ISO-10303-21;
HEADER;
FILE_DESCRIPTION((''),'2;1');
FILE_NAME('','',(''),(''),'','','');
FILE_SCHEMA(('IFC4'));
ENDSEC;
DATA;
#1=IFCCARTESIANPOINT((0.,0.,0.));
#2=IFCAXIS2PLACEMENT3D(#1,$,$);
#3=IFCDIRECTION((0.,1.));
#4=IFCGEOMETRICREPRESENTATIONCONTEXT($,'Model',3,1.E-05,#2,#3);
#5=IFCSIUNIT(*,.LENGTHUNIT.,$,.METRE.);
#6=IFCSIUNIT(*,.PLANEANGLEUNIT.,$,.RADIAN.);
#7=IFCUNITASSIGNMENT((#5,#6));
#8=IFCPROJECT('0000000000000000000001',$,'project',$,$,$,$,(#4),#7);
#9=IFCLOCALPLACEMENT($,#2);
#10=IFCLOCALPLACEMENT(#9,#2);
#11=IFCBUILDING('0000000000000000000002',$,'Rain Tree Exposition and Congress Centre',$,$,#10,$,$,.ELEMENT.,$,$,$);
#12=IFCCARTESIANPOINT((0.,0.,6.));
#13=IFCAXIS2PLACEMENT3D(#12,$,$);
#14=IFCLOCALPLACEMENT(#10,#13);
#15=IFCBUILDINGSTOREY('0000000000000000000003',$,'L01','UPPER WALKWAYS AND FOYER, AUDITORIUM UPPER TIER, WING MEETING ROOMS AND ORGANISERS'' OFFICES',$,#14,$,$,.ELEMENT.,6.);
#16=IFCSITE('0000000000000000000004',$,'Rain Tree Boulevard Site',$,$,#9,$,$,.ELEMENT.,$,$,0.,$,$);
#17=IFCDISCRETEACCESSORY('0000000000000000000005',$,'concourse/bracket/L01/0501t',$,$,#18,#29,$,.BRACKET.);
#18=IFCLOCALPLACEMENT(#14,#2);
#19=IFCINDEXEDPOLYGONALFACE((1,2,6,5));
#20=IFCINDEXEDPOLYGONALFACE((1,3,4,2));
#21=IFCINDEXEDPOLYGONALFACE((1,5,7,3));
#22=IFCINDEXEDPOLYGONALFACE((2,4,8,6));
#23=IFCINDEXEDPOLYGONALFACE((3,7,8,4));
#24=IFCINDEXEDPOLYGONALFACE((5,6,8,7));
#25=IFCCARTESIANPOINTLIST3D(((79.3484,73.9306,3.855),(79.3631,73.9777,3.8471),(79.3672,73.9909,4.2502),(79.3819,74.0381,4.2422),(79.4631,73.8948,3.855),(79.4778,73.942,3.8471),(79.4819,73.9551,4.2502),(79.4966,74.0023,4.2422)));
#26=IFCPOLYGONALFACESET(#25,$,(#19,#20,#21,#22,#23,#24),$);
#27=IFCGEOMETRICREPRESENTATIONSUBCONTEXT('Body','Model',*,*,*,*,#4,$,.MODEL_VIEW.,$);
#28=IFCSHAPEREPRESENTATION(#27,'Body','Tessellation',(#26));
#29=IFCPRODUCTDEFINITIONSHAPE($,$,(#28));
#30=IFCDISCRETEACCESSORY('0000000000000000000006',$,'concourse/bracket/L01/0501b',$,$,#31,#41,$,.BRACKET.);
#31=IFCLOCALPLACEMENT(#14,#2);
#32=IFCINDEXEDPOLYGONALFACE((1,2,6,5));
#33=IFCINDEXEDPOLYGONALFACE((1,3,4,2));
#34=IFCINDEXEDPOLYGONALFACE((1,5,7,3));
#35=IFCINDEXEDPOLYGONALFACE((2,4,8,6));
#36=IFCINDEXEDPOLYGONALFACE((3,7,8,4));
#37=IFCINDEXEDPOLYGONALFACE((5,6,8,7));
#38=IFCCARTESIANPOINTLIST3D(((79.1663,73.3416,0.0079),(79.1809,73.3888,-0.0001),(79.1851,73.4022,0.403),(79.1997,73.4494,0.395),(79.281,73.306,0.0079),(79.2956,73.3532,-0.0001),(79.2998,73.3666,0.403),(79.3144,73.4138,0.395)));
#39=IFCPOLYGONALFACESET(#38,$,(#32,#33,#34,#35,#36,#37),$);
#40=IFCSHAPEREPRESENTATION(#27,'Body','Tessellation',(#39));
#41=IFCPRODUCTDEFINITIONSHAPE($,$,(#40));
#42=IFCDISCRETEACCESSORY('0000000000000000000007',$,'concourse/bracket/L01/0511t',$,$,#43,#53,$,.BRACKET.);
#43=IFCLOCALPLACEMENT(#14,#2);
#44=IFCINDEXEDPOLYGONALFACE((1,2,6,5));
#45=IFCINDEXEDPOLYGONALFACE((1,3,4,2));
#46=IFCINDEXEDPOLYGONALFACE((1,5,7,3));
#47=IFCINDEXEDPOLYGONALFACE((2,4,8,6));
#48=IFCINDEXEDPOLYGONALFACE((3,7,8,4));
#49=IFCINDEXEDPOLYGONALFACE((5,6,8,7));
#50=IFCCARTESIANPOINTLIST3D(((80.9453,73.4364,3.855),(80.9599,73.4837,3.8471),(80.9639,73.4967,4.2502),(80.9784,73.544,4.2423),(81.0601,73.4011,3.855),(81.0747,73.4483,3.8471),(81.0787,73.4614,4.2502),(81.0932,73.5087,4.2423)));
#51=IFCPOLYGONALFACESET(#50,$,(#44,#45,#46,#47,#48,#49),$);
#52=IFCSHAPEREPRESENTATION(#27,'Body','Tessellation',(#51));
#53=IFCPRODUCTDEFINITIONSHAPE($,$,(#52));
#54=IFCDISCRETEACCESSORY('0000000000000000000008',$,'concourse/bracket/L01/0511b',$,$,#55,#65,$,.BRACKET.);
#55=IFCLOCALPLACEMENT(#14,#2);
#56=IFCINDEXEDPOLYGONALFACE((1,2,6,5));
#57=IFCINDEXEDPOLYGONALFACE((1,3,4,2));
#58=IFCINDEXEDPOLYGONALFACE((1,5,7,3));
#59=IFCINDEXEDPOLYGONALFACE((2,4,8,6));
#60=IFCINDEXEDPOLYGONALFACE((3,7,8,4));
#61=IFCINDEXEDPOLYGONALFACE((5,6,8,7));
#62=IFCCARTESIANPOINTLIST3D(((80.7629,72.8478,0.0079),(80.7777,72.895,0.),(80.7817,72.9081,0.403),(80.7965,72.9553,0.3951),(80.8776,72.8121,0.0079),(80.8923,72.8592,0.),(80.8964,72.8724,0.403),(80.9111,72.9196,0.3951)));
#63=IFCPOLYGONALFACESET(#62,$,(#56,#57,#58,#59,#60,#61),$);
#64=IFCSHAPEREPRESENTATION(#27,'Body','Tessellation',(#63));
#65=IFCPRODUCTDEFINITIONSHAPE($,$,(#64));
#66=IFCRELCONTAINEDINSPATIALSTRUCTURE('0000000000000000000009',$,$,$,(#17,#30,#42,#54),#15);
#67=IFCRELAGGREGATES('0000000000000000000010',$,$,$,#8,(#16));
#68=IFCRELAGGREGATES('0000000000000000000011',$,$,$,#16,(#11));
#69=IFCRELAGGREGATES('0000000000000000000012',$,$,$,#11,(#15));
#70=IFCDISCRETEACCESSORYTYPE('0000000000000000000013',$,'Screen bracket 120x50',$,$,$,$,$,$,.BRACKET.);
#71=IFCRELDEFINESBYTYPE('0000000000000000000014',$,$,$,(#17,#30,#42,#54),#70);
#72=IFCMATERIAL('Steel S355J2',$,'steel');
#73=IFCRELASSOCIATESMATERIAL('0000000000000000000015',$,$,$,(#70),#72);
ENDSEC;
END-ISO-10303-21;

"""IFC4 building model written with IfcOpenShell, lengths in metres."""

from ifc_helpers import new_model, si_unit, direction, frame, origin, origin_2d, place, context, subcontext, project, spatial, rectangle, extrude, material, material_profile, profile_set, type_object, element, save


model = new_model("IFC4")

# Units and contexts
model_context = context("Model", 3, precision=1e-05, world=origin(), true_north=direction((0.0, 1.0)))
body_context = subcontext(model_context, "Body", "Model", "MODEL_VIEW")
ifc_project = project(units=[si_unit("LENGTHUNIT", "METRE"), si_unit("PLANEANGLEUNIT", "RADIAN")], contexts=[model_context])

# Site, building, storey
site_placement = place(None, origin())
site = spatial("IfcSite", under=ifc_project, at=site_placement, Name="Rain Tree Boulevard Site", CompositionType="ELEMENT", RefElevation=0.0)
building_placement = place(site_placement, origin())
building = spatial("IfcBuilding", under=site, at=building_placement, Name="Rain Tree Exposition and Congress Centre", CompositionType="ELEMENT")
storey_placement = place(building_placement, frame((0.0, 0.0, 6.0)))
storey = spatial("IfcBuildingStorey", under=building, at=storey_placement, Name="L01", Description="UPPER WALKWAYS AND FOYER, AUDITORIUM UPPER TIER, WING MEETING ROOMS AND ORGANISERS' OFFICES", CompositionType="ELEMENT", Elevation=6.0)

# Discrete accessories
ifc_material_1 = material(Name="Steel S355J2", Category="steel")
ifc_material_profile_1 = material_profile(ifc_material_1, rectangle(XDim=0.1201, YDim=0.05, at=origin_2d()), Name="Flat bar 120x50")
ifc_profile_set_1 = profile_set([ifc_material_profile_1], Name="Steel S355J2")
discrete_accessory_type = type_object("IfcDiscreteAccessoryType", Name="Screen bracket 120x50", PredefinedType="BRACKET", material=ifc_profile_set_1)
for number, where, z_axis, x_axis, name in (
    (1, (79.4131, 73.9363, 3.8511), (0.046993, 0.150743, 0.987456), (-0.954686, 0.297615, 0.0), "concourse/bracket/L01/0501t"),
    (2, (79.231, 73.3474, 0.0039), (0.046988, 0.151339, 0.987364), (-0.955027, 0.29652, 0.0), "concourse/bracket/L01/0501b"),
    (3, (81.01, 73.4424, 3.8511), (0.046384, 0.150747, 0.987484), (-0.955779, 0.294086, 0.0), "concourse/bracket/L01/0511t"),
    (4, (80.8276, 72.8535, 0.0039), (0.046993, 0.150743, 0.987456), (-0.954686, 0.297615, 0.0), "concourse/bracket/L01/0511b"),
):
    element("IfcDiscreteAccessory", number, at=place(storey_placement, frame(where, z_axis=z_axis, x_axis=x_axis)), inside=storey, type_object=discrete_accessory_type, Name=name, PredefinedType="BRACKET", context=body_context, shape_type="SweptSolid", body=[
        extrude(rectangle(XDim=0.1201, YDim=0.05, at=origin_2d()), origin(), (0.0, 0.0, 1.0), 0.4001),
    ])

save(model, "model.ifc")
